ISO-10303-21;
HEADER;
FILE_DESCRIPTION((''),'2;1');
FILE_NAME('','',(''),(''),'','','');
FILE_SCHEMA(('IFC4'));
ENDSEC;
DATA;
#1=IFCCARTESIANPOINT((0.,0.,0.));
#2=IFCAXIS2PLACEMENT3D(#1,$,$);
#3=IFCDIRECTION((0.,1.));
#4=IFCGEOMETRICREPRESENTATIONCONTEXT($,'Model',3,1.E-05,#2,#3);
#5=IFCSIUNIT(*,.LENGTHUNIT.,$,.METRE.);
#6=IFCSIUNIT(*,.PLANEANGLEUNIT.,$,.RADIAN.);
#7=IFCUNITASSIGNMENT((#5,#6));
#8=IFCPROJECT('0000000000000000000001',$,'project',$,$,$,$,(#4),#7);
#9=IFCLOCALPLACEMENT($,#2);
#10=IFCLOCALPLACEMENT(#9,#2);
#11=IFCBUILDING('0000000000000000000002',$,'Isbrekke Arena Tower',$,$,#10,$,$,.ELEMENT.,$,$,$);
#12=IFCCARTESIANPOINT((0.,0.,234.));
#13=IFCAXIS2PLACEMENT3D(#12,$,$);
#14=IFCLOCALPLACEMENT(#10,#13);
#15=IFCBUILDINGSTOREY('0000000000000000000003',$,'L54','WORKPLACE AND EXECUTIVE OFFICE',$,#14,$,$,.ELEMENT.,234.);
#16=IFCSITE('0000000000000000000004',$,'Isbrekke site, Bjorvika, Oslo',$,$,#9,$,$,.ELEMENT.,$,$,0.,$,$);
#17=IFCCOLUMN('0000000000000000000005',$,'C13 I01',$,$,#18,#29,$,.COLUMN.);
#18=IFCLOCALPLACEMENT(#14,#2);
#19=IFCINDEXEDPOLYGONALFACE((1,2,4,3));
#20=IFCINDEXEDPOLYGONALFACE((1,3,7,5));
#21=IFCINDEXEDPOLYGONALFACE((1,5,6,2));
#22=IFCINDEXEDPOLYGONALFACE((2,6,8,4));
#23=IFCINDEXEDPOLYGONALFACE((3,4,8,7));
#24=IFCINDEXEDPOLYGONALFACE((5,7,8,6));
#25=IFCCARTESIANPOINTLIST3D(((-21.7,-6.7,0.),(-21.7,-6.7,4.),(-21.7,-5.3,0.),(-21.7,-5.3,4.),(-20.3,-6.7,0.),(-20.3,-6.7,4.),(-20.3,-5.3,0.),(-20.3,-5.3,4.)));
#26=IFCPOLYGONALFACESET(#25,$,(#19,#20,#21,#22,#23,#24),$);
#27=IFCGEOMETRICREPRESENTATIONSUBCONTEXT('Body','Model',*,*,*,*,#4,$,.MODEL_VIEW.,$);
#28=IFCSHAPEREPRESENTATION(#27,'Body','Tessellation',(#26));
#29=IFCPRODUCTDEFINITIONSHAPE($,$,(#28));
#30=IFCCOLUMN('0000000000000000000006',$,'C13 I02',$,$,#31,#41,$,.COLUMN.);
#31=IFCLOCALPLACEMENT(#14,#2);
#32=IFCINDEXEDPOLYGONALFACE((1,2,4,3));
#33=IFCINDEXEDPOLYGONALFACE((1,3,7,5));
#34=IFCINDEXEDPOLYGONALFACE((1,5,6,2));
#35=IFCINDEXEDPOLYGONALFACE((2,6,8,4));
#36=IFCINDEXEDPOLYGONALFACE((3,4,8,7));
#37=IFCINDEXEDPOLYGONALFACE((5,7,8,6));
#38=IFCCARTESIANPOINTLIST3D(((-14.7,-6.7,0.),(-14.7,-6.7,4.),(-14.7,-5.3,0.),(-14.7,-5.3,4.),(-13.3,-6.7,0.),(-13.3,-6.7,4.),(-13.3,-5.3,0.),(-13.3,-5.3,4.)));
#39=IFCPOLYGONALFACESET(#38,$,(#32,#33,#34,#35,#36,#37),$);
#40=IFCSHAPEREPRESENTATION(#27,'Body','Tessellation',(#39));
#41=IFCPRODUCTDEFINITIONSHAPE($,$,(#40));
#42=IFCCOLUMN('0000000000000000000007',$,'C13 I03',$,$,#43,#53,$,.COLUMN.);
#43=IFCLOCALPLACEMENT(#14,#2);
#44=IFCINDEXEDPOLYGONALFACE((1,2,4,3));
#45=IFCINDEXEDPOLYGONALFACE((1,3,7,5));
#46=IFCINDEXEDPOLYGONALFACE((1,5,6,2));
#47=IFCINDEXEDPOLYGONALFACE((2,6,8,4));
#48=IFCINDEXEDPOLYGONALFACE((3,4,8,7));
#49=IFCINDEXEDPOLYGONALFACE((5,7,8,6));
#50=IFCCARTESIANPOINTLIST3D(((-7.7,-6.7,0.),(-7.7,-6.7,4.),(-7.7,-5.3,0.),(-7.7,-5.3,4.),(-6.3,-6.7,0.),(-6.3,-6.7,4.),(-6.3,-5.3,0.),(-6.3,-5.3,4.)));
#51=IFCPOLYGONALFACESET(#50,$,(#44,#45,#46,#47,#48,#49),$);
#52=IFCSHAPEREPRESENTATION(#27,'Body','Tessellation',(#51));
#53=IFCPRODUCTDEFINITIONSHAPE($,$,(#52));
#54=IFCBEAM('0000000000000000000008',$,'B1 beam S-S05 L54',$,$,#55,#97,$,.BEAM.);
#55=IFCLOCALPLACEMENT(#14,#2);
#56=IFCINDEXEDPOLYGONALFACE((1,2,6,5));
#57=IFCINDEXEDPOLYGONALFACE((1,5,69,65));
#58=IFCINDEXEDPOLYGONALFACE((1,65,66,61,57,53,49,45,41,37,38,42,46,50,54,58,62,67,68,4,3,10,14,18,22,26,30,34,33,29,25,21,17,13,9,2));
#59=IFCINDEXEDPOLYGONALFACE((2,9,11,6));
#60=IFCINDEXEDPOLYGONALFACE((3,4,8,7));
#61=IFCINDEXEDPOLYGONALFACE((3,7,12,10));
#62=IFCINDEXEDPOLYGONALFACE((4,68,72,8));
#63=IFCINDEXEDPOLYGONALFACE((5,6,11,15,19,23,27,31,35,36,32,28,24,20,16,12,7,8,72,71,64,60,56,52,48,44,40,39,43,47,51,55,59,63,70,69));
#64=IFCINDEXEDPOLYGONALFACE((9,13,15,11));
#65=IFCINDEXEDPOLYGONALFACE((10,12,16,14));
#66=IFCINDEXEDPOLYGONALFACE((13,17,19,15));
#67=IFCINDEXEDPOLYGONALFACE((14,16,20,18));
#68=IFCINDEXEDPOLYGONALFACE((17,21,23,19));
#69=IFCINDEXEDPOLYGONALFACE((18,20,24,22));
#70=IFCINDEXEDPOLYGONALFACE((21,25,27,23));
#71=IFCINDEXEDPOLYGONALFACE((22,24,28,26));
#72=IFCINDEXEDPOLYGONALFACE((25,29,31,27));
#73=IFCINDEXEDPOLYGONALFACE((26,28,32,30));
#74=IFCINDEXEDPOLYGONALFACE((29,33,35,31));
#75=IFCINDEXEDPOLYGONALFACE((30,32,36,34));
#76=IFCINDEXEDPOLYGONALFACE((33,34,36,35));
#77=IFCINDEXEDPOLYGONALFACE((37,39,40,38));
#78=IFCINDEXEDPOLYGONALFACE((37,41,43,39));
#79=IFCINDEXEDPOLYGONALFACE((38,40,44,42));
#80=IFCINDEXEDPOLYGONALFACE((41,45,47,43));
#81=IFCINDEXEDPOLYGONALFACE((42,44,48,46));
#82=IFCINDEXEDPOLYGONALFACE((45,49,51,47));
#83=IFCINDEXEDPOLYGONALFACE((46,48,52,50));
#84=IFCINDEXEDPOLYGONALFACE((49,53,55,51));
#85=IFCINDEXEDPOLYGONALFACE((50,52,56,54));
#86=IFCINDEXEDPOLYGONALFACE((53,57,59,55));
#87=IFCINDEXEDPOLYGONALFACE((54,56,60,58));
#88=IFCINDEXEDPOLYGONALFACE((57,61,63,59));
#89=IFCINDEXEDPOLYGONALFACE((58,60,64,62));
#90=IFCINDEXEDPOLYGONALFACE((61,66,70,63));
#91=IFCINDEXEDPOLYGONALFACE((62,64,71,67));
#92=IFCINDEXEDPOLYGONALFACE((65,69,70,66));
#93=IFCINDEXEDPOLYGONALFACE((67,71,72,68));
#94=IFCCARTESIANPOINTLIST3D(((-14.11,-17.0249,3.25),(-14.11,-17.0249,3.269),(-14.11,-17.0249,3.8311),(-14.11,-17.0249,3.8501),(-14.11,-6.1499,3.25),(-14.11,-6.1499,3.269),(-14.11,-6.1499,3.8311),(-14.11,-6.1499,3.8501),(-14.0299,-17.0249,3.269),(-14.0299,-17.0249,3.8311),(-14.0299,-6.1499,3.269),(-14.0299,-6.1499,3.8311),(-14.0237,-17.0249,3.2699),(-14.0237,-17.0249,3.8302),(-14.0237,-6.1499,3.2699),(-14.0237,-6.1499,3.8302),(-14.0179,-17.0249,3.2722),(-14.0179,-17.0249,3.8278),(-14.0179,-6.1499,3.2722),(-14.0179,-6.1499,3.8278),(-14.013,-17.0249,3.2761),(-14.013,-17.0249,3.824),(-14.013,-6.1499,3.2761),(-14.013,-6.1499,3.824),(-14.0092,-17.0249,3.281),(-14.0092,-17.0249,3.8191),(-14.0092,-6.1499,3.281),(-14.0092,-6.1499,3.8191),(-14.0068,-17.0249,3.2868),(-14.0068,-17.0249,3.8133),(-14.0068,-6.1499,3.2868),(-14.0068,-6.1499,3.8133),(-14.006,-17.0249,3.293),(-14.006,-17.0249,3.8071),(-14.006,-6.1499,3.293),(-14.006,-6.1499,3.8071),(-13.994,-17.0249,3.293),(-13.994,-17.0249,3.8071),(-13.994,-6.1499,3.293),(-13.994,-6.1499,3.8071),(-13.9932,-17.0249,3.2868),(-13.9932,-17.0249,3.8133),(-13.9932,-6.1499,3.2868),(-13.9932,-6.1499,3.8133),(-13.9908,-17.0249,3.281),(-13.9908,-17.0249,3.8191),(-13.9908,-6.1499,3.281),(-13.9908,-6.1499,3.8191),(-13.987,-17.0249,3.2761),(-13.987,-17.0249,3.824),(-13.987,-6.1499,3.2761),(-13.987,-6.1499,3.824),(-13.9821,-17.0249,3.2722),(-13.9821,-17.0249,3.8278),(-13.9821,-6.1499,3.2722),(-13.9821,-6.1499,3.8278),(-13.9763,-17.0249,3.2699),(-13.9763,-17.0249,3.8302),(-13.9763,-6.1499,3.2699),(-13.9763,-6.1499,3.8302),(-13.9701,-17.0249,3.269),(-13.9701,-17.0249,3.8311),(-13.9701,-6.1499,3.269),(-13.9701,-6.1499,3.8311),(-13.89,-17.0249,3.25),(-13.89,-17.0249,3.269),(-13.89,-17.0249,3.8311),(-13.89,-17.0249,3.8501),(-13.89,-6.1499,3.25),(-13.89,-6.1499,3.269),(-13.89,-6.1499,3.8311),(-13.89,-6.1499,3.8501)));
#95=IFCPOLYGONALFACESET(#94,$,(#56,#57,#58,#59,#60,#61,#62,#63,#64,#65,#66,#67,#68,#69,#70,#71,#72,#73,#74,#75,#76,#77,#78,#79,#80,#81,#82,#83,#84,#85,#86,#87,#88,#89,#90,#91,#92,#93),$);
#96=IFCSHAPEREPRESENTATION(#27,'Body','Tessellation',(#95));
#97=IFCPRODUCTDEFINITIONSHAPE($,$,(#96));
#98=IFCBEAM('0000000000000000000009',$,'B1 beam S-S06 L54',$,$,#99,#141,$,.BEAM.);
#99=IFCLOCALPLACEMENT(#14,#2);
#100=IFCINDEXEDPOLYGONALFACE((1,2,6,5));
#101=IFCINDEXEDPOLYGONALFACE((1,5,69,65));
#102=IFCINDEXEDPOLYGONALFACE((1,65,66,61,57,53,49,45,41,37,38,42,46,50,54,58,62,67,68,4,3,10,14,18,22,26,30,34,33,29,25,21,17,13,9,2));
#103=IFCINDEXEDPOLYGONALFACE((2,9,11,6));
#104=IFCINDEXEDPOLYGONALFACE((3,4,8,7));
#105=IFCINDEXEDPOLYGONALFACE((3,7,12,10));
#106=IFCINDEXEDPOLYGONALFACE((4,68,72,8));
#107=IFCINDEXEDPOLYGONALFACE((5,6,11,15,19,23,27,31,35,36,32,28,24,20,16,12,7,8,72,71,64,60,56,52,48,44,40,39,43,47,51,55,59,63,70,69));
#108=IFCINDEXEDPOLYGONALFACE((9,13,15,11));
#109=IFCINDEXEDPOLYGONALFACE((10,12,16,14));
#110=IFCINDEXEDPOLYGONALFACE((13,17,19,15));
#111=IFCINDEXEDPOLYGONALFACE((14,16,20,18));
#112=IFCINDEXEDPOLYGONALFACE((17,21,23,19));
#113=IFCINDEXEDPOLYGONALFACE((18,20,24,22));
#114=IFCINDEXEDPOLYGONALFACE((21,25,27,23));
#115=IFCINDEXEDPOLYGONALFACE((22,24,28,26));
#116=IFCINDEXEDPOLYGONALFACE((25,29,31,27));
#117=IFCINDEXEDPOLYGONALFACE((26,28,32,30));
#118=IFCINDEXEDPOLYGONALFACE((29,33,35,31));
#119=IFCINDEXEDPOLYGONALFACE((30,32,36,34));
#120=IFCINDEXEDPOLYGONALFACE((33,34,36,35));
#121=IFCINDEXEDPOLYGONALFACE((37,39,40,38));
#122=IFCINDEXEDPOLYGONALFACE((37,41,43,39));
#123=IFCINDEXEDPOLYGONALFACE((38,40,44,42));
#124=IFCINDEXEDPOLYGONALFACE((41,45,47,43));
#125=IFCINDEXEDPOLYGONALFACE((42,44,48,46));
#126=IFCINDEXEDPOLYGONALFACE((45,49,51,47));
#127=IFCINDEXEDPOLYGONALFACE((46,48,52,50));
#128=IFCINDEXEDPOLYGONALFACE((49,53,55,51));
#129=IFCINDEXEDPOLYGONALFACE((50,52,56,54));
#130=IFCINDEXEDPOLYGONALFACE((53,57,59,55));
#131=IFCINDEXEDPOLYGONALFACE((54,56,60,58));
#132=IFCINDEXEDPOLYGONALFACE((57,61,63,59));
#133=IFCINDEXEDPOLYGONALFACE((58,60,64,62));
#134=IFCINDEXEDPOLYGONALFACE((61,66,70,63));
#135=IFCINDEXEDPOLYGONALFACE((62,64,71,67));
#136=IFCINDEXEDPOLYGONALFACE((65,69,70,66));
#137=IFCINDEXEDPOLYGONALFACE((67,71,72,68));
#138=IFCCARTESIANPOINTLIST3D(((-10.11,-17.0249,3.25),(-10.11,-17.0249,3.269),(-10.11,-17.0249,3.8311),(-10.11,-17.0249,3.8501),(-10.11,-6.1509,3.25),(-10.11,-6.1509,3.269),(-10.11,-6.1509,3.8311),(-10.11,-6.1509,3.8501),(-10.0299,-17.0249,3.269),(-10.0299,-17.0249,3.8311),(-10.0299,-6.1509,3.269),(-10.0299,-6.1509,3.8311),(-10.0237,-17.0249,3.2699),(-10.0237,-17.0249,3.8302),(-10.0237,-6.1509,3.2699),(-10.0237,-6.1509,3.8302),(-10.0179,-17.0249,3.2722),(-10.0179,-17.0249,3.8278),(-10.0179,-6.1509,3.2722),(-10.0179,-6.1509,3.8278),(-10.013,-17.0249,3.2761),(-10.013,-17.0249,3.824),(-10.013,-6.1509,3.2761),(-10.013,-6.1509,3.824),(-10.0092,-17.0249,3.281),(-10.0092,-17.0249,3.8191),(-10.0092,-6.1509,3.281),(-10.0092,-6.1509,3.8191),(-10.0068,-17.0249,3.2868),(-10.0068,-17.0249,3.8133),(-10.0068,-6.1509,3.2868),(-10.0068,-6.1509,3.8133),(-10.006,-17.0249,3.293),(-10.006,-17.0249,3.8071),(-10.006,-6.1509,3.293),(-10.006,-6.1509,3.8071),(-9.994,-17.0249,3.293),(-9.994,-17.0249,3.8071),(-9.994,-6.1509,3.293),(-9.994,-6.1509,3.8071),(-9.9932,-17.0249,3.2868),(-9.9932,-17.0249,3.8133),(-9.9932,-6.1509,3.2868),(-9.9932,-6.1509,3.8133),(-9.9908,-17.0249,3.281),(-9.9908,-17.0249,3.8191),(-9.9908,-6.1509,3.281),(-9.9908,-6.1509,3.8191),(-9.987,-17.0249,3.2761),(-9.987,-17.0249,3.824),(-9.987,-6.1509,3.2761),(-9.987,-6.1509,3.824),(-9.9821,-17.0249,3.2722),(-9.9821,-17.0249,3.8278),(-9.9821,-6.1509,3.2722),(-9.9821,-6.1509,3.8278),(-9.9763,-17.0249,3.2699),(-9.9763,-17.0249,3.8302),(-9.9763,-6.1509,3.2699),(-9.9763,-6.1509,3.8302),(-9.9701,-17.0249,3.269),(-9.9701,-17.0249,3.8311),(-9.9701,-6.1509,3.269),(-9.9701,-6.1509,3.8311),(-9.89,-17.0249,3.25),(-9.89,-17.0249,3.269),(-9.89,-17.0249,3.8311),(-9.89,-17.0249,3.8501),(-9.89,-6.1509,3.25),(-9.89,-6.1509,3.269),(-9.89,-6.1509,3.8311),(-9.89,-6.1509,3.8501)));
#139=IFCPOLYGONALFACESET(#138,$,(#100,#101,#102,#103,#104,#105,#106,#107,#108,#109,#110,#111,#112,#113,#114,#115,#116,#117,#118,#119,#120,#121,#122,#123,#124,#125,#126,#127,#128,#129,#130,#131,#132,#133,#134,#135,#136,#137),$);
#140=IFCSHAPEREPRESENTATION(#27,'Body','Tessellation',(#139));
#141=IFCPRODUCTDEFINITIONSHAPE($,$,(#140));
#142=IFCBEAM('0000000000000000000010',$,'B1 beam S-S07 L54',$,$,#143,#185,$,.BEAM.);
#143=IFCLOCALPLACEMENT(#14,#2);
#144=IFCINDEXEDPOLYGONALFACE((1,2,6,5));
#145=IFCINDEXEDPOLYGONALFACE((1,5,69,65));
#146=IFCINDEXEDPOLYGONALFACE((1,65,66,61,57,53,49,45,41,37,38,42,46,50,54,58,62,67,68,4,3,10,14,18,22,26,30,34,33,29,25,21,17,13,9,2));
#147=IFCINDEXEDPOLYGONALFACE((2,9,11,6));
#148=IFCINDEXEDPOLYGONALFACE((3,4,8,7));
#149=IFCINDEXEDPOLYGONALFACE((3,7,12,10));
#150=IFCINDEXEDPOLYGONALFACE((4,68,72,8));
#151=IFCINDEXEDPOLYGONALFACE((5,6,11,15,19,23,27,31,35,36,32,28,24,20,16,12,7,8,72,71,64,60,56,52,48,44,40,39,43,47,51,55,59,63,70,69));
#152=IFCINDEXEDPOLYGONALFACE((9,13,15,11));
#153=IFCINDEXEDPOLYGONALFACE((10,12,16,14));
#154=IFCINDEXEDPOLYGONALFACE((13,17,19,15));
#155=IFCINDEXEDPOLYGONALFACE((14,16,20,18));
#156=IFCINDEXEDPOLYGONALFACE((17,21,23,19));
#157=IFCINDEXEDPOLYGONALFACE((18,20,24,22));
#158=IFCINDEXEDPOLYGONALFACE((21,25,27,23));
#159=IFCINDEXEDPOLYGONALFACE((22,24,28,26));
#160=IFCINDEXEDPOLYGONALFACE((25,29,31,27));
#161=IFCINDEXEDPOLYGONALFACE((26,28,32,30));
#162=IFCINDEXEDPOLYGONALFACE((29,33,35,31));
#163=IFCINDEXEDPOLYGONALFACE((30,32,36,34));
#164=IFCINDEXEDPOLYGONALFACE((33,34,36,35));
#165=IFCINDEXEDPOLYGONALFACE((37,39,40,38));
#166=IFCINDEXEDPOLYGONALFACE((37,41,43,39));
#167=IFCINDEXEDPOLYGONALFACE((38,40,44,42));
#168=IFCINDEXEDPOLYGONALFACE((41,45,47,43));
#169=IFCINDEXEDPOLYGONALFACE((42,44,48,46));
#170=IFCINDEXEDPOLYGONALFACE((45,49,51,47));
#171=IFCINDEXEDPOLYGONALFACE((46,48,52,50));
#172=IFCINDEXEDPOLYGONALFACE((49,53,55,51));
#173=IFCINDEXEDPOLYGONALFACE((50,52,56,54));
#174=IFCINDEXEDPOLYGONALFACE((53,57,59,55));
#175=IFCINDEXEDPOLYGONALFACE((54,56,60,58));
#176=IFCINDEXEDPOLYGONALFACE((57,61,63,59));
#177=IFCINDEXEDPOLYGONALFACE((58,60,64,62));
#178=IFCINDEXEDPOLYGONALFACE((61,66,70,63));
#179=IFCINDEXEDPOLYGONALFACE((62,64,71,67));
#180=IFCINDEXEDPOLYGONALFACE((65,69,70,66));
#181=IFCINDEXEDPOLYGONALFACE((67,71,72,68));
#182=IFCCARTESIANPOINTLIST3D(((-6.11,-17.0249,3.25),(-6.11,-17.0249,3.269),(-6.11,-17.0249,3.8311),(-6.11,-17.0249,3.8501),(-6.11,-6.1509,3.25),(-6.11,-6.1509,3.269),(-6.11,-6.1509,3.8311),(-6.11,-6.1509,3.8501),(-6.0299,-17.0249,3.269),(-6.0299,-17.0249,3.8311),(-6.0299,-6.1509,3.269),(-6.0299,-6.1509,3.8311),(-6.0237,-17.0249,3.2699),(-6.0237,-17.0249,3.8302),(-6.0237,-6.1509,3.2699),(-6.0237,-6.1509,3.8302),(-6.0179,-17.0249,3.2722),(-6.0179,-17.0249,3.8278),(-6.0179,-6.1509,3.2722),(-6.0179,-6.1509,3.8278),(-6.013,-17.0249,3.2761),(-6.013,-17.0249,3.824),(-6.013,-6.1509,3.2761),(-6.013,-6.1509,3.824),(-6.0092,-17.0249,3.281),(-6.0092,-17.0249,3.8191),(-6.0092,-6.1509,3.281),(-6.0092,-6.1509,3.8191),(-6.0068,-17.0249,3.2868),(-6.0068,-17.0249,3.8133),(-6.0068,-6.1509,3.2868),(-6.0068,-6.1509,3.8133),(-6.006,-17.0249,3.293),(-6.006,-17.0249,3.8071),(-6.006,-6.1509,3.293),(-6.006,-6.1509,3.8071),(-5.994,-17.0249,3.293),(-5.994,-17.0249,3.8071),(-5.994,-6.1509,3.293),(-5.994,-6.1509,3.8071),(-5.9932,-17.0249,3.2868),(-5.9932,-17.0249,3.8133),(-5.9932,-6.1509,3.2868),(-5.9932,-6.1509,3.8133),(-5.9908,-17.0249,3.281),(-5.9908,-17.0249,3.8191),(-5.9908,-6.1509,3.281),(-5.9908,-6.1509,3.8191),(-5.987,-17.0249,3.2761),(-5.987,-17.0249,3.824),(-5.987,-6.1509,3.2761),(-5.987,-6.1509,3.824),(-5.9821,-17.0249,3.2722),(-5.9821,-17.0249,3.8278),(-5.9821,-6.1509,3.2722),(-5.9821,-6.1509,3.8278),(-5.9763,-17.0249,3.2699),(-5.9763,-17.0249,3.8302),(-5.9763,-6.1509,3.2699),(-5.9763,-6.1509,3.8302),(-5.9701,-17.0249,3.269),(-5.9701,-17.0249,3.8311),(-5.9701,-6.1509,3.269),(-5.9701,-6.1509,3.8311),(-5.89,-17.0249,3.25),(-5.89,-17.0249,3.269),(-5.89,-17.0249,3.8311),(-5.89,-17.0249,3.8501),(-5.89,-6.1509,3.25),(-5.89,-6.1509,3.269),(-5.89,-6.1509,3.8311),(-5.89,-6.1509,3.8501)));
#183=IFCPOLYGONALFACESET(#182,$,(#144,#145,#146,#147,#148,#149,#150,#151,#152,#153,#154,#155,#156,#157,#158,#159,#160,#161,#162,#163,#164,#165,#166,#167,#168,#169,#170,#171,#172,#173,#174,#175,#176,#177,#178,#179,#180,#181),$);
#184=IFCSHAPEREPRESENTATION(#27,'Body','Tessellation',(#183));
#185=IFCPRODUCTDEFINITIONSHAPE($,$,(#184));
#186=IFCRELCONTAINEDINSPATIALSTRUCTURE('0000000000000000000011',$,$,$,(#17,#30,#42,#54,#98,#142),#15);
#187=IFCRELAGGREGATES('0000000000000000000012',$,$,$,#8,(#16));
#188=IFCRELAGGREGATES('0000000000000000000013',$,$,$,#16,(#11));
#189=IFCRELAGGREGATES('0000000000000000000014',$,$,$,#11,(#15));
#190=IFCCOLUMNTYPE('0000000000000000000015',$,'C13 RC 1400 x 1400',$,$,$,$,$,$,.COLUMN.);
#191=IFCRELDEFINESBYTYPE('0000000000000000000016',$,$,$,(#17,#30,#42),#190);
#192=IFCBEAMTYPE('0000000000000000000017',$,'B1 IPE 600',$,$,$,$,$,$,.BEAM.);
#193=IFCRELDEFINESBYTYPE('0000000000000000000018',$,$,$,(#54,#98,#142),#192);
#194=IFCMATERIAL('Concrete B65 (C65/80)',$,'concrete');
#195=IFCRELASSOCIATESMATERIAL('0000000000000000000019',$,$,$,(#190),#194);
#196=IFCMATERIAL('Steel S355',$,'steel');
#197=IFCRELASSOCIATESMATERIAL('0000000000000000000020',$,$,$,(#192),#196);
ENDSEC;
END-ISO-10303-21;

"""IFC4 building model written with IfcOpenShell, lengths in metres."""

from ifc_helpers import new_model, si_unit, direction, frame, origin, origin_2d, place, context, subcontext, project, spatial, rectangle, i_section, extrude, material, material_profile, profile_set, type_object, element, save


model = new_model("IFC4")

# Units and contexts
model_context = context("Model", 3, precision=1e-05, world=origin(), true_north=direction((0.0, 1.0)))
body_context = subcontext(model_context, "Body", "Model", "MODEL_VIEW")
ifc_project = project(units=[si_unit("LENGTHUNIT", "METRE"), si_unit("PLANEANGLEUNIT", "RADIAN")], contexts=[model_context])

# Site, building, storey
site_placement = place(None, origin())
site = spatial("IfcSite", under=ifc_project, at=site_placement, Name="Isbrekke site, Bjorvika, Oslo", CompositionType="ELEMENT", RefElevation=0.0)
building_placement = place(site_placement, origin())
building = spatial("IfcBuilding", under=site, at=building_placement, Name="Isbrekke Arena Tower", CompositionType="ELEMENT")
storey_placement = place(building_placement, frame((0.0, 0.0, 234.0)))
storey = spatial("IfcBuildingStorey", under=building, at=storey_placement, Name="L54", Description="WORKPLACE AND EXECUTIVE OFFICE", CompositionType="ELEMENT", Elevation=234.0)

# Columns
ifc_material_1 = material(Name="Concrete B65 (C65/80)", Category="concrete")
ifc_material_profile_1 = material_profile(ifc_material_1, rectangle(XDim=1.3999, YDim=1.3999, at=origin_2d()), Name="RC 1400x1400")
ifc_profile_set_1 = profile_set([ifc_material_profile_1], Name="Concrete B65 (C65/80)")
column_type = type_object("IfcColumnType", Name="C13 RC 1400 x 1400", PredefinedType="COLUMN", material=ifc_profile_set_1)
for number, where, z_axis, x_axis, name in (
    (1, (-21.0, -6.0, 0.0), (0.0, 0.0, 1.0), (1.0, 0.0, 0.0), "C13 I01"),
    (2, (-14.0, -6.0, 0.0), (0.0, 0.0, 1.0), (1.0, 0.0, 0.0), "C13 I02"),
    (3, (-7.0, -6.0, 0.0), (0.0, 0.0, 1.0), (1.0, 0.0, 0.0), "C13 I03"),
):
    element("IfcColumn", number, at=place(storey_placement, frame(where, z_axis=z_axis, x_axis=x_axis)), inside=storey, type_object=column_type, Name=name, PredefinedType="COLUMN", context=body_context, shape_type="SweptSolid", body=[
        extrude(rectangle(XDim=1.3999, YDim=1.3999, at=origin_2d()), origin(), (0.0, 0.0, 1.0), 4.0),
    ])

# Beams
ifc_material_2 = material(Name="Steel S355", Category="steel")
ifc_material_profile_2 = material_profile(ifc_material_2, i_section(OverallWidth=0.22, OverallDepth=0.6001, WebThickness=0.012, FlangeThickness=0.019, FilletRadius=0.0239, at=origin_2d()), Name="IPE 600")
ifc_profile_set_2 = profile_set([ifc_material_profile_2], Name="Steel S355")
beam_type_1 = type_object("IfcBeamType", Name="B1 IPE 600", PredefinedType="BEAM", material=ifc_profile_set_2)
beam_1_placement = place(storey_placement, frame((-14.0, -17.0249, 3.55), z_axis=(0.0, 1.0, 0.0), x_axis=(-1.0, 0.0, 0.0)))
element("IfcBeam", 4, at=beam_1_placement, inside=storey, type_object=beam_type_1, Name="B1 beam S-S05 L54", PredefinedType="BEAM", context=body_context, shape_type="SweptSolid", body=[
    extrude(i_section(OverallWidth=0.22, OverallDepth=0.6001, WebThickness=0.012, FlangeThickness=0.019, FilletRadius=0.0239, at=origin_2d()), origin(), (0.0, 0.0, 1.0), 10.875),
])
for number, where, z_axis, x_axis, name in (
    (5, (-10.0, -17.0249, 3.55), (0.0, 1.0, 0.0), (-1.0, 0.0, 0.0), "B1 beam S-S06 L54"),
    (6, (-6.0, -17.0249, 3.55), (0.0, 1.0, 0.0), (-1.0, 0.0, 0.0), "B1 beam S-S07 L54"),
):
    element("IfcBeam", number, at=place(storey_placement, frame(where, z_axis=z_axis, x_axis=x_axis)), inside=storey, type_object=beam_type_1, Name=name, PredefinedType="BEAM", context=body_context, shape_type="SweptSolid", body=[
        extrude(i_section(OverallWidth=0.22, OverallDepth=0.6001, WebThickness=0.012, FlangeThickness=0.019, FilletRadius=0.0239, at=origin_2d()), origin(), (0.0, 0.0, 1.0), 10.874),
    ])

save(model, "model.ifc")
